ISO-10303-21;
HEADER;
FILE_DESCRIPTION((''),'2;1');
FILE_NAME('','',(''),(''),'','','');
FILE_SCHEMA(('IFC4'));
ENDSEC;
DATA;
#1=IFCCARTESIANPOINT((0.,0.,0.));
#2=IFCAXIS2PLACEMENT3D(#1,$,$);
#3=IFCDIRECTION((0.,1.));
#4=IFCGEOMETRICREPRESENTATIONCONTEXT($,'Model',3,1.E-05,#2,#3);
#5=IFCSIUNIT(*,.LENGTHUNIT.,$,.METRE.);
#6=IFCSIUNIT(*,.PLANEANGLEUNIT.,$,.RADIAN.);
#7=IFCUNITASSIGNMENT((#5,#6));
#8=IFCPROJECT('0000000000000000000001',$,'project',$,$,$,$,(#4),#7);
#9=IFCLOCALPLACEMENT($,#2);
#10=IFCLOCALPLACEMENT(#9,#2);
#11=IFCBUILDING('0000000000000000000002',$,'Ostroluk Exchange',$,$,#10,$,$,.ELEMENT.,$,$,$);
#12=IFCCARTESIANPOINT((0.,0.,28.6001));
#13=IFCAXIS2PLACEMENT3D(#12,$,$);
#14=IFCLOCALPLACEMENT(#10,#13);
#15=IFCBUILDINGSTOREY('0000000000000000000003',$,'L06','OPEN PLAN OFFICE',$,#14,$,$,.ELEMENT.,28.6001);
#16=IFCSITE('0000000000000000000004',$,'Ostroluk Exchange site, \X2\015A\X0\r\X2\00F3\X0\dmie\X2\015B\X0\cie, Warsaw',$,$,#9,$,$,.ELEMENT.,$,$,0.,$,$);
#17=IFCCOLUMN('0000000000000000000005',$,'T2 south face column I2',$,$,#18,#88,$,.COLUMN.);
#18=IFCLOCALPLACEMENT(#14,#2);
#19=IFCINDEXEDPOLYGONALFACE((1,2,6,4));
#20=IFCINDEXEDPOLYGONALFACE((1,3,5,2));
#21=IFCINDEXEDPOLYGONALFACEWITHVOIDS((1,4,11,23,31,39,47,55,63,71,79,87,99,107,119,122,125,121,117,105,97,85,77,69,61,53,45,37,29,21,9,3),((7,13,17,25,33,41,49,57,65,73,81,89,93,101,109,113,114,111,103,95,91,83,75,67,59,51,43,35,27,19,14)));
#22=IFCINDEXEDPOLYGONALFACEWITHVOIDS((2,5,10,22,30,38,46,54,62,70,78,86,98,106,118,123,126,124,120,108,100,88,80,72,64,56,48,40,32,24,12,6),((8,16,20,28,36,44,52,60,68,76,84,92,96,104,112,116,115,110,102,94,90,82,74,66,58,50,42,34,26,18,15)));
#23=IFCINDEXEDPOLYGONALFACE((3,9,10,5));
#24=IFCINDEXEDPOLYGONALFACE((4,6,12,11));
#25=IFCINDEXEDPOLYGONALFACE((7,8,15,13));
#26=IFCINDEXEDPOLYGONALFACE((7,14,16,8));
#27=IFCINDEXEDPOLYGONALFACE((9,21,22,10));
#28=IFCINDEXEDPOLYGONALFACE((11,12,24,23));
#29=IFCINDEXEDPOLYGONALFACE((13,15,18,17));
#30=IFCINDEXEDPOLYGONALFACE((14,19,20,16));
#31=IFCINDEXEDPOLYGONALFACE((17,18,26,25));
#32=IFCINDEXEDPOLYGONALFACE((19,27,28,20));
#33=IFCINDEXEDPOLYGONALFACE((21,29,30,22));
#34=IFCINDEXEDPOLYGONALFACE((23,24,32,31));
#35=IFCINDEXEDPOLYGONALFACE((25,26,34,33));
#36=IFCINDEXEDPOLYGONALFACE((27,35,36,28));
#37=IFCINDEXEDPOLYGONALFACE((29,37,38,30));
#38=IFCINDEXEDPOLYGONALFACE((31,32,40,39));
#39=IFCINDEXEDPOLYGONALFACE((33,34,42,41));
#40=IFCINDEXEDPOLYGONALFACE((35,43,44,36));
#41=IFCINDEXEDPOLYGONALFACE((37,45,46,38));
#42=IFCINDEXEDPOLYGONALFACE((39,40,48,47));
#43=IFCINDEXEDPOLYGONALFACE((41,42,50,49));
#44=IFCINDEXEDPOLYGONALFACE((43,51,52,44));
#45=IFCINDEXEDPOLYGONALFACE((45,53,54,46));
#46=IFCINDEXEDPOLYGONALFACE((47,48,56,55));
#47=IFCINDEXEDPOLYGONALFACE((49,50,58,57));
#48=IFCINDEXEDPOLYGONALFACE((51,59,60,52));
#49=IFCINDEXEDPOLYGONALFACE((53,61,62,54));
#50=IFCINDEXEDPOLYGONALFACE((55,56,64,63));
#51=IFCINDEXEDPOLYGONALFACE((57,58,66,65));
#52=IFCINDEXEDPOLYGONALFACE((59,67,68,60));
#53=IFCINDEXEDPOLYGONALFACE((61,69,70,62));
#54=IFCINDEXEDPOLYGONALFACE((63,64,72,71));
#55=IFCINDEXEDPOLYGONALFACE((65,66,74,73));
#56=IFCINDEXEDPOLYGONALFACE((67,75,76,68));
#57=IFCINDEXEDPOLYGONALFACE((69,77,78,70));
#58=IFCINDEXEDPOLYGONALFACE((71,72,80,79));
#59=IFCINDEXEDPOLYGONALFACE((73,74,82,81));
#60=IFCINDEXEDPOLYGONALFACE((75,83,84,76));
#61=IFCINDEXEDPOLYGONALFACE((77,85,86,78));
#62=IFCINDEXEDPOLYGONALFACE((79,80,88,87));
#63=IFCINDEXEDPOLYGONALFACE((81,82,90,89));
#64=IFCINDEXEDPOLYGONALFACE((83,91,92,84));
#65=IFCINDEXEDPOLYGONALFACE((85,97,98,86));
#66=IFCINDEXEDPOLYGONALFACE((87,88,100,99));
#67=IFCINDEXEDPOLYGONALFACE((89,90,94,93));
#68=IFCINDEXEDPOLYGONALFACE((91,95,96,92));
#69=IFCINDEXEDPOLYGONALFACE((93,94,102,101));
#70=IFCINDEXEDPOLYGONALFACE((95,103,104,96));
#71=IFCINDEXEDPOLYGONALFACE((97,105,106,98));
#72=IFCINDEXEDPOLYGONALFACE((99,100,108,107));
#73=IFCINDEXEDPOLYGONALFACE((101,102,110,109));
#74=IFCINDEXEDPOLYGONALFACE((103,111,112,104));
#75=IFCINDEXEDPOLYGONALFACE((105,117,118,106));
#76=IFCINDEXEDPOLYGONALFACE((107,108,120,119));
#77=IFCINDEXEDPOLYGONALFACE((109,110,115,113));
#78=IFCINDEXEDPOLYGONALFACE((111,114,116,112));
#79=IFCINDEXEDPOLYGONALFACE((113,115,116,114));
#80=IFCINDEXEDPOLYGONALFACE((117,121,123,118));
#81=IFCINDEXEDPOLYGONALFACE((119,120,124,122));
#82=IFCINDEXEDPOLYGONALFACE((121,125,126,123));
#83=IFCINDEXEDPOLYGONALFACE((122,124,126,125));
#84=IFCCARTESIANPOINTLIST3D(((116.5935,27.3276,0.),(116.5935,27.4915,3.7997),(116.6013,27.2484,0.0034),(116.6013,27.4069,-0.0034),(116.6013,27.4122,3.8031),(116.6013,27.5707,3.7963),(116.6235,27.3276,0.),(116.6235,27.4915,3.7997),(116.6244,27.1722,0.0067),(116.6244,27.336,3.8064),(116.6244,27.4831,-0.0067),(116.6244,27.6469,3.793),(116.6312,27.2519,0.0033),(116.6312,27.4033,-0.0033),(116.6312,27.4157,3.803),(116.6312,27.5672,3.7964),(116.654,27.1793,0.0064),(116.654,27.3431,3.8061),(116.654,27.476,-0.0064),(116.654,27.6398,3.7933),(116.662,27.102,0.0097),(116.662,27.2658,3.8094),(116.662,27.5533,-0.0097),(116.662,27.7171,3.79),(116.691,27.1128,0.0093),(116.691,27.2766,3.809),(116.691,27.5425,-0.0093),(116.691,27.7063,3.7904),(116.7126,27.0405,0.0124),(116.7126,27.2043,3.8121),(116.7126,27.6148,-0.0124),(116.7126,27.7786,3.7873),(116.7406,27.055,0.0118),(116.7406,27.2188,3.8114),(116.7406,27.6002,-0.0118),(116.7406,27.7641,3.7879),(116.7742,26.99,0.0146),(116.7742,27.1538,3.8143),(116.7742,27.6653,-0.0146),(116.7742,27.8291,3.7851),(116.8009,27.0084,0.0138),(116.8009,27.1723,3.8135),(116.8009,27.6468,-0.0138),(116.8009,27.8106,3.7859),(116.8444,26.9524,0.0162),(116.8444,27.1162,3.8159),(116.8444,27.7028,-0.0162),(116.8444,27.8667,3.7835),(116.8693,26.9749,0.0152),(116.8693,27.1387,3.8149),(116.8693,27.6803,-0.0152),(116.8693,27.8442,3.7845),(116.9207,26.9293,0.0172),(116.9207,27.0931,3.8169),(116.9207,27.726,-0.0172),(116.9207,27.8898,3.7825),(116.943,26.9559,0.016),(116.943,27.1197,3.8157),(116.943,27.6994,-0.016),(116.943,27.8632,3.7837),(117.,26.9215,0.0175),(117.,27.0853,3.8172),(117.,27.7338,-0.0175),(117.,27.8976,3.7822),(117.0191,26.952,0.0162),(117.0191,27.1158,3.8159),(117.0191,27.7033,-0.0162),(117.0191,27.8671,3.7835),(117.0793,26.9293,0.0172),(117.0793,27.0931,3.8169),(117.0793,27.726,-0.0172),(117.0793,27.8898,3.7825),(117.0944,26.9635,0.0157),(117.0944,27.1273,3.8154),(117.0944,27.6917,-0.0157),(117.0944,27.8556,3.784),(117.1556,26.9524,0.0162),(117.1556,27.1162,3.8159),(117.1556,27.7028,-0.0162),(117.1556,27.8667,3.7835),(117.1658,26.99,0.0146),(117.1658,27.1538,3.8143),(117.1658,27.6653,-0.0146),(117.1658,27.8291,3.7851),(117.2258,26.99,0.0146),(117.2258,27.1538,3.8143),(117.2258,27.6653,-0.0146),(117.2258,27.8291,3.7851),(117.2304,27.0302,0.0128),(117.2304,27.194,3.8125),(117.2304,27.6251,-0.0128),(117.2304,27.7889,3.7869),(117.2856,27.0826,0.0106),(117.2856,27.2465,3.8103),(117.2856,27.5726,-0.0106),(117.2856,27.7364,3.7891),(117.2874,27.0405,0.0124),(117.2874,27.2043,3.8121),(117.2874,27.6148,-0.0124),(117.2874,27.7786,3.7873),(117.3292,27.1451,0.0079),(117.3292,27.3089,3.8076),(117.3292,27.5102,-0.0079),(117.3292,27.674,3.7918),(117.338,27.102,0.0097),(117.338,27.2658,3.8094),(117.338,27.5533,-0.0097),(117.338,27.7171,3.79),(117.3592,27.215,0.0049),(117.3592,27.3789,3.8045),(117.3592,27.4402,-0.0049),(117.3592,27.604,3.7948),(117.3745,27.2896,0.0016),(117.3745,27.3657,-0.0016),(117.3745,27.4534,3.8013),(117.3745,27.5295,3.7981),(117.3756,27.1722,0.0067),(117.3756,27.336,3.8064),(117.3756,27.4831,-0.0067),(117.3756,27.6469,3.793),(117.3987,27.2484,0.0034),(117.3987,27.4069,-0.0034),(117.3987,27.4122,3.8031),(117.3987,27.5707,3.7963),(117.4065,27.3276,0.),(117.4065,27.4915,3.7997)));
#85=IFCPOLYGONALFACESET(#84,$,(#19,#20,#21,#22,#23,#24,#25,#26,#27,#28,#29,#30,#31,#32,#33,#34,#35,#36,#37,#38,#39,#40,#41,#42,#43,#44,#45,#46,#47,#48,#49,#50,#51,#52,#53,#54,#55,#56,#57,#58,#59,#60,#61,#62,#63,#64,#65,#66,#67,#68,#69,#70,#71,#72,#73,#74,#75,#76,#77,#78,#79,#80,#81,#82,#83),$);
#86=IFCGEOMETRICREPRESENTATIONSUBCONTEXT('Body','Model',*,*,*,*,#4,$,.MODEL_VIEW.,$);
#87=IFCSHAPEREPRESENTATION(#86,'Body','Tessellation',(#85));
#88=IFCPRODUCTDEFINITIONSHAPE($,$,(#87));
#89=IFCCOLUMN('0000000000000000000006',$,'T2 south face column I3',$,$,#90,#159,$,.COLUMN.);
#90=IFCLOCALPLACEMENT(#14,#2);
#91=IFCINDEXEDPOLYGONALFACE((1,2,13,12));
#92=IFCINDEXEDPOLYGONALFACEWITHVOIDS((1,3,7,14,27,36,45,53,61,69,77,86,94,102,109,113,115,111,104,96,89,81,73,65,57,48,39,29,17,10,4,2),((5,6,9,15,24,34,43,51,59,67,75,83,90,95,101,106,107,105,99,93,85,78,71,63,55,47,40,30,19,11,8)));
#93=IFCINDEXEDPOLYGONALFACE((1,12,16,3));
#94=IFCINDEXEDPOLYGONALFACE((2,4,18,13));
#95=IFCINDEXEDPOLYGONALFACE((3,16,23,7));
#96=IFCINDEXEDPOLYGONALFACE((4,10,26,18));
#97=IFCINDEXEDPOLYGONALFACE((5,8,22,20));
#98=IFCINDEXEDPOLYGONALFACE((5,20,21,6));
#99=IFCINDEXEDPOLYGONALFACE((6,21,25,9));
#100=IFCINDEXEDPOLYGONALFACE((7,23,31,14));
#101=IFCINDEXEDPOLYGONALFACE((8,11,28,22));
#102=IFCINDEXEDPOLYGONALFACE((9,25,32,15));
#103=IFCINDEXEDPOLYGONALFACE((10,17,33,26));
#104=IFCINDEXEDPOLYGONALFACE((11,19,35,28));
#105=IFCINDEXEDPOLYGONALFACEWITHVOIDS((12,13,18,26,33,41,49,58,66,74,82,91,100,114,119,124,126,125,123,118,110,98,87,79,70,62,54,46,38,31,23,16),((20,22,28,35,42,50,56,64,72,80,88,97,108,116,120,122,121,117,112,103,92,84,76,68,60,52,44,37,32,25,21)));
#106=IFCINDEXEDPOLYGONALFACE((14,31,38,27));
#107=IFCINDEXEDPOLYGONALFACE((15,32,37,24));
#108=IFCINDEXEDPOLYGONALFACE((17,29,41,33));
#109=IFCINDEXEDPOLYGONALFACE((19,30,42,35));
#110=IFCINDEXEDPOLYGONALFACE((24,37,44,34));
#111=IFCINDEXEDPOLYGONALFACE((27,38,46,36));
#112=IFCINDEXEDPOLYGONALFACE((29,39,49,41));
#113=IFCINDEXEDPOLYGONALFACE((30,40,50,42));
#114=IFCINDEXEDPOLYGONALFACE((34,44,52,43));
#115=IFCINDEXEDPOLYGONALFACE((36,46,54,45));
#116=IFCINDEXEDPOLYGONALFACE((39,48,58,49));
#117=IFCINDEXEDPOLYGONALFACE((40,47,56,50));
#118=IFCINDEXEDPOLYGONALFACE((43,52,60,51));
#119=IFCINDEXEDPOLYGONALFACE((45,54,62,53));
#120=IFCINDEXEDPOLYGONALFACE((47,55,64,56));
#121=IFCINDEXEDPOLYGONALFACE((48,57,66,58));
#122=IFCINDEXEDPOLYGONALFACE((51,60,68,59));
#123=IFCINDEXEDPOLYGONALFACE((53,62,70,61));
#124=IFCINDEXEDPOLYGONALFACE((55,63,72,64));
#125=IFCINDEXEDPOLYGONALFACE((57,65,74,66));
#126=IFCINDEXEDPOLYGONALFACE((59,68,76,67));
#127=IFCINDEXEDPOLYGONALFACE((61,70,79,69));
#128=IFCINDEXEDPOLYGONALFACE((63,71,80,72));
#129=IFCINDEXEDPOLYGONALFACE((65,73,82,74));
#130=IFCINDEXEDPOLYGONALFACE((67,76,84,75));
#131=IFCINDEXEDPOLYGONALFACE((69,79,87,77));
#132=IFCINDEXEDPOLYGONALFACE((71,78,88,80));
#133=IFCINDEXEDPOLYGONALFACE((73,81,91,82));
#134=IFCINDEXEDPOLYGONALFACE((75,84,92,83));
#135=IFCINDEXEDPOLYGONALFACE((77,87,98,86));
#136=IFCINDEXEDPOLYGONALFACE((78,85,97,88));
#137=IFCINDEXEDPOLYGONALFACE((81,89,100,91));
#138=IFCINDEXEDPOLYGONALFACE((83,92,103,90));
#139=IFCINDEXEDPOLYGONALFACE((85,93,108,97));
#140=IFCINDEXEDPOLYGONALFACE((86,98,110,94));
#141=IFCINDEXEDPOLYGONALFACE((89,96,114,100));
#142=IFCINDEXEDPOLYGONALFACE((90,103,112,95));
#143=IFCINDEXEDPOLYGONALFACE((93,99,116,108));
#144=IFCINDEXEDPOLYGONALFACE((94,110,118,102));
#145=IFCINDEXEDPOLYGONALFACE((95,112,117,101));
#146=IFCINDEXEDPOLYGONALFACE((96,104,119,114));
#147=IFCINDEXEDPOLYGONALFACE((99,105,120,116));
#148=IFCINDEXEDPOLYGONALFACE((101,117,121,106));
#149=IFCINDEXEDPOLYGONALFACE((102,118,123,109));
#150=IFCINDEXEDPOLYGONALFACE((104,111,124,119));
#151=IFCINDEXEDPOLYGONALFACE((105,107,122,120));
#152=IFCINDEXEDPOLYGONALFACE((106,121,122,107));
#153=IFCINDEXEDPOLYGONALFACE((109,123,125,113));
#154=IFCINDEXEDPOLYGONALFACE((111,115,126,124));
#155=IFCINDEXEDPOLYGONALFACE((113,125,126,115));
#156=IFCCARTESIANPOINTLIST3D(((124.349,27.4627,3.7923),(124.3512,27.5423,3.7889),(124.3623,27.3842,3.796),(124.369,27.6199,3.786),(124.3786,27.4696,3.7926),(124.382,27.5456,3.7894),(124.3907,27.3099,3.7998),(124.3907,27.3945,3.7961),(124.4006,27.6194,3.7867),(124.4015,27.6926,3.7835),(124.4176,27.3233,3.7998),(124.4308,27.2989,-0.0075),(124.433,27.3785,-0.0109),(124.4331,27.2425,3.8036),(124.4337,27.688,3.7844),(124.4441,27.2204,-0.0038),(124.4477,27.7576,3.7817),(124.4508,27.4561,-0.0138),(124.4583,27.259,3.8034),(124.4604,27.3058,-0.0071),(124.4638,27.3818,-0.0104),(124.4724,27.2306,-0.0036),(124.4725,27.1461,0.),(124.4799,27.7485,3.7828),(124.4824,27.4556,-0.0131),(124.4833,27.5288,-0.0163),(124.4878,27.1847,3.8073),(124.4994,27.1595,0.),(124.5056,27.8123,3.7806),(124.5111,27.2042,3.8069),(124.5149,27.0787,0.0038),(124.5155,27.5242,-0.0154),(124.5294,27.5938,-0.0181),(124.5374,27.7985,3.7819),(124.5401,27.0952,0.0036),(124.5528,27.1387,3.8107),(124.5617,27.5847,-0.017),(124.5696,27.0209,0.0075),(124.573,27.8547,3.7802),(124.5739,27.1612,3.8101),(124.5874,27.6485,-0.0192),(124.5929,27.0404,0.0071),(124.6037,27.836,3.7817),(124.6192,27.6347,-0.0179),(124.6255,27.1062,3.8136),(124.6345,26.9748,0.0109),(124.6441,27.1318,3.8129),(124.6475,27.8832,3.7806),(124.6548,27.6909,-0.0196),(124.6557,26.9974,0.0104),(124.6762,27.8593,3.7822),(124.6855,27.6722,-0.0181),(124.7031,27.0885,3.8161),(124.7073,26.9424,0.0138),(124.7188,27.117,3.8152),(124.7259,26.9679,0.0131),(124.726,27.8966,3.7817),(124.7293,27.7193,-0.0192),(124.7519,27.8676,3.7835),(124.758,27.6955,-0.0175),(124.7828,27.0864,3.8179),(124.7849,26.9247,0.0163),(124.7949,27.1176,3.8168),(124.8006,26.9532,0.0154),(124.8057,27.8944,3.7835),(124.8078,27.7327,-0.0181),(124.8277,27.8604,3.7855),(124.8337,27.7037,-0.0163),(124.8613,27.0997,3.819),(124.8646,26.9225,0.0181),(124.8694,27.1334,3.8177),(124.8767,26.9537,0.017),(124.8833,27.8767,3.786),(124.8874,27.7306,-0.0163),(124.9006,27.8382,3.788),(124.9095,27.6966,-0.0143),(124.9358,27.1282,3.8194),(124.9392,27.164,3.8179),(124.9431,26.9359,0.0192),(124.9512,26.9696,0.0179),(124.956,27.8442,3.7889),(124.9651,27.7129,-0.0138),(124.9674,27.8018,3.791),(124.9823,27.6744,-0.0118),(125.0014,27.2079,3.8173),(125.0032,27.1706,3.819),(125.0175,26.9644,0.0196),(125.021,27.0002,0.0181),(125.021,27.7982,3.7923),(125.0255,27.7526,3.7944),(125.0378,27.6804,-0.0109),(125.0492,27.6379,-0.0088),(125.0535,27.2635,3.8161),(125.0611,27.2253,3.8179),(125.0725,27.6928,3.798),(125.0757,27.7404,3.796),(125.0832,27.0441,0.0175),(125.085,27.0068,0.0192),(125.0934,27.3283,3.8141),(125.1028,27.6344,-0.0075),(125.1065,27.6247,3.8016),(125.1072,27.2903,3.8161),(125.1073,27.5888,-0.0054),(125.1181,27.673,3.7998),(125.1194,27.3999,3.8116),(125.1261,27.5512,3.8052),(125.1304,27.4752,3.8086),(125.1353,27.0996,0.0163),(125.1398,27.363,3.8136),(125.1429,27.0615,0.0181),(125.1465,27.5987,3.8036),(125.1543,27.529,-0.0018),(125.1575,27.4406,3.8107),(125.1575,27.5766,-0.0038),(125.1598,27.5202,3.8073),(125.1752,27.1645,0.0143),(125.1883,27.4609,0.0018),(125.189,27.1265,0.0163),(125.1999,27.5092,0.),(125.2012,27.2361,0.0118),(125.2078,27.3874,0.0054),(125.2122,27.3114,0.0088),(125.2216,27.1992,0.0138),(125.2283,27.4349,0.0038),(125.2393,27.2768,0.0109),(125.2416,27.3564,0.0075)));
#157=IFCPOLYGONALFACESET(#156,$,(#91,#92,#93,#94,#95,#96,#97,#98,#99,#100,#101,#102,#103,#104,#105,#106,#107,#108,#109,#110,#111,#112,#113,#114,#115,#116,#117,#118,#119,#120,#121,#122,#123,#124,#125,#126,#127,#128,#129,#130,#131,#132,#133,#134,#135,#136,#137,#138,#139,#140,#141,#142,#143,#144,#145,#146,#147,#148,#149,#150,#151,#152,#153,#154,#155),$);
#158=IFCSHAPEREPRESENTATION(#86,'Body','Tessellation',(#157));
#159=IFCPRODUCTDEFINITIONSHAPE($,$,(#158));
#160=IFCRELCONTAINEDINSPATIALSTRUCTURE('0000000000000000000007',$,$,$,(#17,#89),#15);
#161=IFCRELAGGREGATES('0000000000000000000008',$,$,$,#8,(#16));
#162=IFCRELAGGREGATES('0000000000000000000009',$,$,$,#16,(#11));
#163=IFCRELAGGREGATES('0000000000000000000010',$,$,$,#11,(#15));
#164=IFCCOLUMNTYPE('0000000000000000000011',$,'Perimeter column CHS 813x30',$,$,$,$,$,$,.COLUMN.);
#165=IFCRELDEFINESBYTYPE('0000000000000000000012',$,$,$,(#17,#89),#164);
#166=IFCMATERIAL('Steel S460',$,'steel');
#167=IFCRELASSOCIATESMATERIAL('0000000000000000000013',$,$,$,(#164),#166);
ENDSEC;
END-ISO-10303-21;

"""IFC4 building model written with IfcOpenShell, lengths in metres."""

from ifc_helpers import new_model, si_unit, direction, frame, origin, origin_2d, place, context, subcontext, project, spatial, hollow_circle, extrude, material, material_profile, profile_set, type_object, element, save


model = new_model("IFC4")

# Units and contexts
model_context = context("Model", 3, precision=1e-05, world=origin(), true_north=direction((0.0, 1.0)))
body_context = subcontext(model_context, "Body", "Model", "MODEL_VIEW")
ifc_project = project(units=[si_unit("LENGTHUNIT", "METRE"), si_unit("PLANEANGLEUNIT", "RADIAN")], contexts=[model_context])

# Site, building, storey
site_placement = place(None, origin())
site = spatial("IfcSite", under=ifc_project, at=site_placement, Name="Ostroluk Exchange site, Śródmieście, Warsaw", CompositionType="ELEMENT", RefElevation=0.0)
building_placement = place(site_placement, origin())
building = spatial("IfcBuilding", under=site, at=building_placement, Name="Ostroluk Exchange", CompositionType="ELEMENT")
storey_placement = place(building_placement, frame((0.0, 0.0, 28.6001)))
storey = spatial("IfcBuildingStorey", under=building, at=storey_placement, Name="L06", Description="OPEN PLAN OFFICE", CompositionType="ELEMENT", Elevation=28.6001)

# Columns
ifc_material_1 = material(Name="Steel S460", Category="steel")
ifc_material_profile_1 = material_profile(ifc_material_1, hollow_circle(Radius=0.4065, WallThickness=0.03, at=origin_2d()), Name="CHS 813x30")
ifc_profile_set_1 = profile_set([ifc_material_profile_1], Name="Steel S460")
column_type = type_object("IfcColumnType", Name="Perimeter column CHS 813x30", PredefinedType="COLUMN", material=ifc_profile_set_1)
column_1_placement = place(storey_placement, frame((117.0, 27.3276, 0.0), z_axis=(0.0, 0.043072, 0.999072), x_axis=(-1.0, 0.0, 0.0)))
element("IfcColumn", 1, at=column_1_placement, inside=storey, type_object=column_type, Name="T2 south face column I2", PredefinedType="COLUMN", context=body_context, shape_type="SweptSolid", body=[
    extrude(hollow_circle(Radius=0.4065, WallThickness=0.03, at=origin_2d()), origin(), (0.0, 0.0, 1.0), 3.8032),
])
column_2_placement = place(storey_placement, frame((124.8362, 27.3276, 0.0), z_axis=(-0.021499, 0.043062, 0.998841), x_axis=(-0.894694, -0.44668, 0.0)))
element("IfcColumn", 2, at=column_2_placement, inside=storey, type_object=column_type, Name="T2 south face column I3", PredefinedType="COLUMN", context=body_context, shape_type="SweptSolid", body=[
    extrude(hollow_circle(Radius=0.4065, WallThickness=0.03, at=origin_2d()), origin(), (0.0, 0.0, 1.0), 3.8042),
])

save(model, "model.ifc")
